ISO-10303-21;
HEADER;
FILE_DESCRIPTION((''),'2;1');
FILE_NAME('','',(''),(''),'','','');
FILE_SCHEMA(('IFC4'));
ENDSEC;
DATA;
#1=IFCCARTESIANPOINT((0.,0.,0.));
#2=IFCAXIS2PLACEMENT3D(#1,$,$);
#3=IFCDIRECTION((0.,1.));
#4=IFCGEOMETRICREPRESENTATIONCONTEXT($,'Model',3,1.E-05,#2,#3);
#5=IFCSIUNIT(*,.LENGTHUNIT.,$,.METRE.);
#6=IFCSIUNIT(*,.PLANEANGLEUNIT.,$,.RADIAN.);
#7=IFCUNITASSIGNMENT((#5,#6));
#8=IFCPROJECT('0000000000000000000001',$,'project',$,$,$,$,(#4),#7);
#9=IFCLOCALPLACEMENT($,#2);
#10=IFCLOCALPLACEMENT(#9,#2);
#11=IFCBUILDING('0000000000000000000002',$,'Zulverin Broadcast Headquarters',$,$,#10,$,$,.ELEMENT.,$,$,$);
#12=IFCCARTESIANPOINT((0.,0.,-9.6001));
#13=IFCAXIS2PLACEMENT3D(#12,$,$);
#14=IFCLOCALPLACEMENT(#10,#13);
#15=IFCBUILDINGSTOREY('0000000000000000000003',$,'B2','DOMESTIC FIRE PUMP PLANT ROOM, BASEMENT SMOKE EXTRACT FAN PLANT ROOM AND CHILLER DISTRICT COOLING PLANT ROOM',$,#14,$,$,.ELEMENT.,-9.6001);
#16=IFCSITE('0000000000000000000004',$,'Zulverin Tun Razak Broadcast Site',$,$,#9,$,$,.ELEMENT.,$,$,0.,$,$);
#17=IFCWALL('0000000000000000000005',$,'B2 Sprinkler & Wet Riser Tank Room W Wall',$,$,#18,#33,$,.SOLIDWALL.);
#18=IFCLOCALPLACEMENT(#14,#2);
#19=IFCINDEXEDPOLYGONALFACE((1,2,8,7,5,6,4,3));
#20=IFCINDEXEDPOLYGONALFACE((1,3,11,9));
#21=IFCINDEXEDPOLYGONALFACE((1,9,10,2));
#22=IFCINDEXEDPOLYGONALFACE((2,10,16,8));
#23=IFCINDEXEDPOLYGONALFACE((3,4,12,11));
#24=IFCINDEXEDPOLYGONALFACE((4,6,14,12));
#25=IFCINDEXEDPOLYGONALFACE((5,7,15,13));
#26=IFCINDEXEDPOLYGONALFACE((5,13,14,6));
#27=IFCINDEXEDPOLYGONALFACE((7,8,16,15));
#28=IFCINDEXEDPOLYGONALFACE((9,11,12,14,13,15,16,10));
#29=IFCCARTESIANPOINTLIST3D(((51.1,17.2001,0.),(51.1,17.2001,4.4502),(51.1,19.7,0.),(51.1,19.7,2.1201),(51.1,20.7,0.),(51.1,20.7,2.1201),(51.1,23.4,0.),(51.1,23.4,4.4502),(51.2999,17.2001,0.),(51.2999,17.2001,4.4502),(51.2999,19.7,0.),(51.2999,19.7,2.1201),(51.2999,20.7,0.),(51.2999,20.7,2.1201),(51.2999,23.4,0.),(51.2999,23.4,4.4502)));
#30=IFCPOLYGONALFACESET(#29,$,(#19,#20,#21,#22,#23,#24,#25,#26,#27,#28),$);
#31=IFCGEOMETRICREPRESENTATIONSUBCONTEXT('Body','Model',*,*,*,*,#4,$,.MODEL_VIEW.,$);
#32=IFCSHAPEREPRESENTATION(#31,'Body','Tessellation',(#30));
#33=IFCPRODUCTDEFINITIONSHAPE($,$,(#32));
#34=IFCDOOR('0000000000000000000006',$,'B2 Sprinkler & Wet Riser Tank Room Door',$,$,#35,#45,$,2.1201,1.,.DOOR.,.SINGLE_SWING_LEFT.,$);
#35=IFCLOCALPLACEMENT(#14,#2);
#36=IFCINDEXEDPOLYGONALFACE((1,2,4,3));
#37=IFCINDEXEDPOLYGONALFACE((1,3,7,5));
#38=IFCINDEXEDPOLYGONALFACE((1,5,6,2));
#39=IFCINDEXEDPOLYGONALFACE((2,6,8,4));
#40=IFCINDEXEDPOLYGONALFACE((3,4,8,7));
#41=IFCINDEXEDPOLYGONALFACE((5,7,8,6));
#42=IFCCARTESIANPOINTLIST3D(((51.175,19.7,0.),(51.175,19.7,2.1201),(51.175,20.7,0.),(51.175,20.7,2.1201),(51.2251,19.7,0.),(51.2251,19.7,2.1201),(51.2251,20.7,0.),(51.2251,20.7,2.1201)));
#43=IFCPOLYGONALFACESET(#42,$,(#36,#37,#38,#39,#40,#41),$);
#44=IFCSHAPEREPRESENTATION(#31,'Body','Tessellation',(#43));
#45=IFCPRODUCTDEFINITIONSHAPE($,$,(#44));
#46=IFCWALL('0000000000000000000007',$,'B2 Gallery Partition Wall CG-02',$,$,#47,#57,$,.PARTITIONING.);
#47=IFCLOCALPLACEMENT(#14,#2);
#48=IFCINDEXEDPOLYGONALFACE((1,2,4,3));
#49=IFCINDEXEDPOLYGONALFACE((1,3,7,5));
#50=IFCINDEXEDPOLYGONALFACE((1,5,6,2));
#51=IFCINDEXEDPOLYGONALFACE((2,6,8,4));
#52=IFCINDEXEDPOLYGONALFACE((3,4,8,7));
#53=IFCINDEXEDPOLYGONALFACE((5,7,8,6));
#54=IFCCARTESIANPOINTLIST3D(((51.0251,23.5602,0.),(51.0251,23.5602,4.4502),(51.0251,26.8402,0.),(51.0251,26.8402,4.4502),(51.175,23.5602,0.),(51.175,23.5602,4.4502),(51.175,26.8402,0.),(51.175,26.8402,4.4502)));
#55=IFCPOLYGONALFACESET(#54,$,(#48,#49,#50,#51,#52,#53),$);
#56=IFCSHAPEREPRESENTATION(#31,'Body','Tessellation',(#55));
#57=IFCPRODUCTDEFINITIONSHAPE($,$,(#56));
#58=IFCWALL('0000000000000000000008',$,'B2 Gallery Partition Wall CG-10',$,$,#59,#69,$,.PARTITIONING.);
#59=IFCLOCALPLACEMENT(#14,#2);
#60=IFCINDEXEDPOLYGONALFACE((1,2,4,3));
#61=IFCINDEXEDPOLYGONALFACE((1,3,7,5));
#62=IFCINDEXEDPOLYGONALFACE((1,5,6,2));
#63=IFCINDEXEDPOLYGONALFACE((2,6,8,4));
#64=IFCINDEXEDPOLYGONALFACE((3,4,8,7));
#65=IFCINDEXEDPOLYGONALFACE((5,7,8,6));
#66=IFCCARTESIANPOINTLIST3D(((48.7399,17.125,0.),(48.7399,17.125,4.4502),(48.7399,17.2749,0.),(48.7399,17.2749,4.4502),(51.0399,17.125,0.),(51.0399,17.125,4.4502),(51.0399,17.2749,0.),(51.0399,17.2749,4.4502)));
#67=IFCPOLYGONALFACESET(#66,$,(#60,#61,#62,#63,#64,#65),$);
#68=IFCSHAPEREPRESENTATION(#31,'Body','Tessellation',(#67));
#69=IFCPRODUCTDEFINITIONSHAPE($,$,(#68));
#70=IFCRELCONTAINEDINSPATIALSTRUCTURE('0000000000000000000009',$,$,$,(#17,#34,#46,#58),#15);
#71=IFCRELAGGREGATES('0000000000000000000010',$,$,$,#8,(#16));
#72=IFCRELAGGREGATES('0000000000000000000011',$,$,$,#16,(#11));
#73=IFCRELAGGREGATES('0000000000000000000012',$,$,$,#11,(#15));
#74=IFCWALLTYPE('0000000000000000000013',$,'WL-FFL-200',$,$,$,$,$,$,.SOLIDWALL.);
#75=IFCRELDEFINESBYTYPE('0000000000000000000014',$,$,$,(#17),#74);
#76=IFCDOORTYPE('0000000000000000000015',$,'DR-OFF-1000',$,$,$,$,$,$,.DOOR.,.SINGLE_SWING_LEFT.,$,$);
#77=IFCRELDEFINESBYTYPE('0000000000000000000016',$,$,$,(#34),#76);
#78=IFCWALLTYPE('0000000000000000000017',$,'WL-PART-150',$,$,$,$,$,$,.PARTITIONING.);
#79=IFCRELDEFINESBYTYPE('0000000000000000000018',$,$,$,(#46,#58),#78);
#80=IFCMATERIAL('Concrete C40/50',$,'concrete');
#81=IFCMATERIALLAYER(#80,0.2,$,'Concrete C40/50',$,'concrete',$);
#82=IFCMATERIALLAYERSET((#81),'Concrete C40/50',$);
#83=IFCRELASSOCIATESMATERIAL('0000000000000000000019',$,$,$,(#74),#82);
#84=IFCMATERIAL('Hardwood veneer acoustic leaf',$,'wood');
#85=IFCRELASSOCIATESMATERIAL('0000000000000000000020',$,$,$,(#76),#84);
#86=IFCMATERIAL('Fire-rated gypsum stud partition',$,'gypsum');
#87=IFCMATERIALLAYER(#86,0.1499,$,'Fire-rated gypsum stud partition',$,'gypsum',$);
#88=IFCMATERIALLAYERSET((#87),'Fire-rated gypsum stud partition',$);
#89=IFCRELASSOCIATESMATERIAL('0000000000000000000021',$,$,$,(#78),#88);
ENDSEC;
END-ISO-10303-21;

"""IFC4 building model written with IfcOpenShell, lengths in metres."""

from ifc_helpers import new_model, si_unit, direction, frame, frame_2d, origin, place, context, subcontext, project, spatial, rectangle, extrude, material, layer, layer_set, type_object, element, fill, save


model = new_model("IFC4")

# Units and contexts
model_context = context("Model", 3, precision=1e-05, world=origin(), true_north=direction((0.0, 1.0)))
body_context = subcontext(model_context, "Body", "Model", "MODEL_VIEW")
ifc_project = project(units=[si_unit("LENGTHUNIT", "METRE"), si_unit("PLANEANGLEUNIT", "RADIAN")], contexts=[model_context])

# Site, building, storey
site_placement = place(None, origin())
site = spatial("IfcSite", under=ifc_project, at=site_placement, Name="Zulverin Tun Razak Broadcast Site", CompositionType="ELEMENT", RefElevation=0.0)
building_placement = place(site_placement, origin())
building = spatial("IfcBuilding", under=site, at=building_placement, Name="Zulverin Broadcast Headquarters", CompositionType="ELEMENT")
storey_placement = place(building_placement, frame((0.0, 0.0, -9.6001)))
storey = spatial("IfcBuildingStorey", under=building, at=storey_placement, Name="B2", Description="DOMESTIC FIRE PUMP PLANT ROOM, BASEMENT SMOKE EXTRACT FAN PLANT ROOM AND CHILLER DISTRICT COOLING PLANT ROOM", CompositionType="ELEMENT", Elevation=-9.6001)

# Shared definitions
ifc_material_1 = material(Name="Concrete C40/50", Category="concrete")
ifc_layer_1 = layer(ifc_material_1, 0.2, Name="Concrete C40/50", Category="concrete")
ifc_layer_set_1 = layer_set([ifc_layer_1], Name="Concrete C40/50")
wall_type_1 = type_object("IfcWallType", Name="WL-FFL-200", PredefinedType="SOLIDWALL", material=ifc_layer_set_1)

# Wall, opening, door
wall_1_placement = place(storey_placement, frame((51.2, 17.2, 0.0), z_axis=(0.0, 0.0, 1.0), x_axis=(0.0, 1.0, 0.0)))
wall_1 = element("IfcWall", 1, at=wall_1_placement, inside=storey, type_object=wall_type_1, Name="B2 Sprinkler & Wet Riser Tank Room W Wall", PredefinedType="SOLIDWALL", context=body_context, shape_type="SweptSolid", body=[
    extrude(rectangle(XDim=6.2, YDim=0.2, at=frame_2d((3.1001, 0.0))), origin(), (0.0, 0.0, 1.0), 4.4502),
])
opening_1_placement = place(wall_1_placement, frame((2.5, 0.0, 0.0)))
opening_1 = element("IfcOpeningElement", 2, at=opening_1_placement, cuts=wall_1, PredefinedType="OPENING", context=body_context, shape_type="SweptSolid", body=[
    extrude(rectangle(XDim=1.0, YDim=2.1201, at=frame_2d((0.5, 1.0601))), frame((0.0, 0.1099, 0.0), z_axis=(0.0, -1.0, 0.0), x_axis=(1.0, 0.0, 0.0)), (0.0, 0.0, 1.0), 0.22),
])
ifc_material_2 = material(Name="Hardwood veneer acoustic leaf", Category="wood")
door_type_1 = type_object("IfcDoorType", Name="DR-OFF-1000", OperationType="SINGLE_SWING_LEFT", PredefinedType="DOOR", material=ifc_material_2)
door_1_placement = place(opening_1_placement, origin())
door_1 = element("IfcDoor", 3, at=door_1_placement, inside=storey, type_object=door_type_1, Name="B2 Sprinkler & Wet Riser Tank Room Door", OperationType="SINGLE_SWING_LEFT", OverallHeight=2.1201, OverallWidth=1.0, PredefinedType="DOOR", context=body_context, shape_type="SweptSolid", body=[
    extrude(rectangle(XDim=1.0, YDim=2.1201, at=frame_2d((0.5, 1.0601))), frame((0.0, 0.0249, 0.0), z_axis=(0.0, -1.0, 0.0), x_axis=(1.0, 0.0, 0.0)), (0.0, 0.0, 1.0), 0.05),
])
fill(opening_1, door_1)

# Walls
ifc_material_3 = material(Name="Fire-rated gypsum stud partition", Category="gypsum")
ifc_layer_2 = layer(ifc_material_3, 0.1499, Name="Fire-rated gypsum stud partition", Category="gypsum")
ifc_layer_set_2 = layer_set([ifc_layer_2], Name="Fire-rated gypsum stud partition")
wall_type_2 = type_object("IfcWallType", Name="WL-PART-150", PredefinedType="PARTITIONING", material=ifc_layer_set_2)
wall_2_placement = place(storey_placement, frame((51.1001, 23.5601, 0.0), z_axis=(0.0, 0.0, 1.0), x_axis=(0.0, 1.0, 0.0)))
element("IfcWall", 4, at=wall_2_placement, inside=storey, type_object=wall_type_2, Name="B2 Gallery Partition Wall CG-02", PredefinedType="PARTITIONING", context=body_context, shape_type="SweptSolid", body=[
    extrude(rectangle(XDim=3.28, YDim=0.1499, at=frame_2d((1.6401, 0.0))), origin(), (0.0, 0.0, 1.0), 4.4502),
])
wall_3_placement = place(storey_placement, frame((48.74, 17.2, 0.0), z_axis=(0.0, 0.0, 1.0), x_axis=(1.0, 0.0, 0.0)))
element("IfcWall", 5, at=wall_3_placement, inside=storey, type_object=wall_type_2, Name="B2 Gallery Partition Wall CG-10", PredefinedType="PARTITIONING", context=body_context, shape_type="SweptSolid", body=[
    extrude(rectangle(XDim=2.3, YDim=0.1499, at=frame_2d((1.1499, 0.0))), origin(), (0.0, 0.0, 1.0), 4.4502),
])

save(model, "model.ifc")
